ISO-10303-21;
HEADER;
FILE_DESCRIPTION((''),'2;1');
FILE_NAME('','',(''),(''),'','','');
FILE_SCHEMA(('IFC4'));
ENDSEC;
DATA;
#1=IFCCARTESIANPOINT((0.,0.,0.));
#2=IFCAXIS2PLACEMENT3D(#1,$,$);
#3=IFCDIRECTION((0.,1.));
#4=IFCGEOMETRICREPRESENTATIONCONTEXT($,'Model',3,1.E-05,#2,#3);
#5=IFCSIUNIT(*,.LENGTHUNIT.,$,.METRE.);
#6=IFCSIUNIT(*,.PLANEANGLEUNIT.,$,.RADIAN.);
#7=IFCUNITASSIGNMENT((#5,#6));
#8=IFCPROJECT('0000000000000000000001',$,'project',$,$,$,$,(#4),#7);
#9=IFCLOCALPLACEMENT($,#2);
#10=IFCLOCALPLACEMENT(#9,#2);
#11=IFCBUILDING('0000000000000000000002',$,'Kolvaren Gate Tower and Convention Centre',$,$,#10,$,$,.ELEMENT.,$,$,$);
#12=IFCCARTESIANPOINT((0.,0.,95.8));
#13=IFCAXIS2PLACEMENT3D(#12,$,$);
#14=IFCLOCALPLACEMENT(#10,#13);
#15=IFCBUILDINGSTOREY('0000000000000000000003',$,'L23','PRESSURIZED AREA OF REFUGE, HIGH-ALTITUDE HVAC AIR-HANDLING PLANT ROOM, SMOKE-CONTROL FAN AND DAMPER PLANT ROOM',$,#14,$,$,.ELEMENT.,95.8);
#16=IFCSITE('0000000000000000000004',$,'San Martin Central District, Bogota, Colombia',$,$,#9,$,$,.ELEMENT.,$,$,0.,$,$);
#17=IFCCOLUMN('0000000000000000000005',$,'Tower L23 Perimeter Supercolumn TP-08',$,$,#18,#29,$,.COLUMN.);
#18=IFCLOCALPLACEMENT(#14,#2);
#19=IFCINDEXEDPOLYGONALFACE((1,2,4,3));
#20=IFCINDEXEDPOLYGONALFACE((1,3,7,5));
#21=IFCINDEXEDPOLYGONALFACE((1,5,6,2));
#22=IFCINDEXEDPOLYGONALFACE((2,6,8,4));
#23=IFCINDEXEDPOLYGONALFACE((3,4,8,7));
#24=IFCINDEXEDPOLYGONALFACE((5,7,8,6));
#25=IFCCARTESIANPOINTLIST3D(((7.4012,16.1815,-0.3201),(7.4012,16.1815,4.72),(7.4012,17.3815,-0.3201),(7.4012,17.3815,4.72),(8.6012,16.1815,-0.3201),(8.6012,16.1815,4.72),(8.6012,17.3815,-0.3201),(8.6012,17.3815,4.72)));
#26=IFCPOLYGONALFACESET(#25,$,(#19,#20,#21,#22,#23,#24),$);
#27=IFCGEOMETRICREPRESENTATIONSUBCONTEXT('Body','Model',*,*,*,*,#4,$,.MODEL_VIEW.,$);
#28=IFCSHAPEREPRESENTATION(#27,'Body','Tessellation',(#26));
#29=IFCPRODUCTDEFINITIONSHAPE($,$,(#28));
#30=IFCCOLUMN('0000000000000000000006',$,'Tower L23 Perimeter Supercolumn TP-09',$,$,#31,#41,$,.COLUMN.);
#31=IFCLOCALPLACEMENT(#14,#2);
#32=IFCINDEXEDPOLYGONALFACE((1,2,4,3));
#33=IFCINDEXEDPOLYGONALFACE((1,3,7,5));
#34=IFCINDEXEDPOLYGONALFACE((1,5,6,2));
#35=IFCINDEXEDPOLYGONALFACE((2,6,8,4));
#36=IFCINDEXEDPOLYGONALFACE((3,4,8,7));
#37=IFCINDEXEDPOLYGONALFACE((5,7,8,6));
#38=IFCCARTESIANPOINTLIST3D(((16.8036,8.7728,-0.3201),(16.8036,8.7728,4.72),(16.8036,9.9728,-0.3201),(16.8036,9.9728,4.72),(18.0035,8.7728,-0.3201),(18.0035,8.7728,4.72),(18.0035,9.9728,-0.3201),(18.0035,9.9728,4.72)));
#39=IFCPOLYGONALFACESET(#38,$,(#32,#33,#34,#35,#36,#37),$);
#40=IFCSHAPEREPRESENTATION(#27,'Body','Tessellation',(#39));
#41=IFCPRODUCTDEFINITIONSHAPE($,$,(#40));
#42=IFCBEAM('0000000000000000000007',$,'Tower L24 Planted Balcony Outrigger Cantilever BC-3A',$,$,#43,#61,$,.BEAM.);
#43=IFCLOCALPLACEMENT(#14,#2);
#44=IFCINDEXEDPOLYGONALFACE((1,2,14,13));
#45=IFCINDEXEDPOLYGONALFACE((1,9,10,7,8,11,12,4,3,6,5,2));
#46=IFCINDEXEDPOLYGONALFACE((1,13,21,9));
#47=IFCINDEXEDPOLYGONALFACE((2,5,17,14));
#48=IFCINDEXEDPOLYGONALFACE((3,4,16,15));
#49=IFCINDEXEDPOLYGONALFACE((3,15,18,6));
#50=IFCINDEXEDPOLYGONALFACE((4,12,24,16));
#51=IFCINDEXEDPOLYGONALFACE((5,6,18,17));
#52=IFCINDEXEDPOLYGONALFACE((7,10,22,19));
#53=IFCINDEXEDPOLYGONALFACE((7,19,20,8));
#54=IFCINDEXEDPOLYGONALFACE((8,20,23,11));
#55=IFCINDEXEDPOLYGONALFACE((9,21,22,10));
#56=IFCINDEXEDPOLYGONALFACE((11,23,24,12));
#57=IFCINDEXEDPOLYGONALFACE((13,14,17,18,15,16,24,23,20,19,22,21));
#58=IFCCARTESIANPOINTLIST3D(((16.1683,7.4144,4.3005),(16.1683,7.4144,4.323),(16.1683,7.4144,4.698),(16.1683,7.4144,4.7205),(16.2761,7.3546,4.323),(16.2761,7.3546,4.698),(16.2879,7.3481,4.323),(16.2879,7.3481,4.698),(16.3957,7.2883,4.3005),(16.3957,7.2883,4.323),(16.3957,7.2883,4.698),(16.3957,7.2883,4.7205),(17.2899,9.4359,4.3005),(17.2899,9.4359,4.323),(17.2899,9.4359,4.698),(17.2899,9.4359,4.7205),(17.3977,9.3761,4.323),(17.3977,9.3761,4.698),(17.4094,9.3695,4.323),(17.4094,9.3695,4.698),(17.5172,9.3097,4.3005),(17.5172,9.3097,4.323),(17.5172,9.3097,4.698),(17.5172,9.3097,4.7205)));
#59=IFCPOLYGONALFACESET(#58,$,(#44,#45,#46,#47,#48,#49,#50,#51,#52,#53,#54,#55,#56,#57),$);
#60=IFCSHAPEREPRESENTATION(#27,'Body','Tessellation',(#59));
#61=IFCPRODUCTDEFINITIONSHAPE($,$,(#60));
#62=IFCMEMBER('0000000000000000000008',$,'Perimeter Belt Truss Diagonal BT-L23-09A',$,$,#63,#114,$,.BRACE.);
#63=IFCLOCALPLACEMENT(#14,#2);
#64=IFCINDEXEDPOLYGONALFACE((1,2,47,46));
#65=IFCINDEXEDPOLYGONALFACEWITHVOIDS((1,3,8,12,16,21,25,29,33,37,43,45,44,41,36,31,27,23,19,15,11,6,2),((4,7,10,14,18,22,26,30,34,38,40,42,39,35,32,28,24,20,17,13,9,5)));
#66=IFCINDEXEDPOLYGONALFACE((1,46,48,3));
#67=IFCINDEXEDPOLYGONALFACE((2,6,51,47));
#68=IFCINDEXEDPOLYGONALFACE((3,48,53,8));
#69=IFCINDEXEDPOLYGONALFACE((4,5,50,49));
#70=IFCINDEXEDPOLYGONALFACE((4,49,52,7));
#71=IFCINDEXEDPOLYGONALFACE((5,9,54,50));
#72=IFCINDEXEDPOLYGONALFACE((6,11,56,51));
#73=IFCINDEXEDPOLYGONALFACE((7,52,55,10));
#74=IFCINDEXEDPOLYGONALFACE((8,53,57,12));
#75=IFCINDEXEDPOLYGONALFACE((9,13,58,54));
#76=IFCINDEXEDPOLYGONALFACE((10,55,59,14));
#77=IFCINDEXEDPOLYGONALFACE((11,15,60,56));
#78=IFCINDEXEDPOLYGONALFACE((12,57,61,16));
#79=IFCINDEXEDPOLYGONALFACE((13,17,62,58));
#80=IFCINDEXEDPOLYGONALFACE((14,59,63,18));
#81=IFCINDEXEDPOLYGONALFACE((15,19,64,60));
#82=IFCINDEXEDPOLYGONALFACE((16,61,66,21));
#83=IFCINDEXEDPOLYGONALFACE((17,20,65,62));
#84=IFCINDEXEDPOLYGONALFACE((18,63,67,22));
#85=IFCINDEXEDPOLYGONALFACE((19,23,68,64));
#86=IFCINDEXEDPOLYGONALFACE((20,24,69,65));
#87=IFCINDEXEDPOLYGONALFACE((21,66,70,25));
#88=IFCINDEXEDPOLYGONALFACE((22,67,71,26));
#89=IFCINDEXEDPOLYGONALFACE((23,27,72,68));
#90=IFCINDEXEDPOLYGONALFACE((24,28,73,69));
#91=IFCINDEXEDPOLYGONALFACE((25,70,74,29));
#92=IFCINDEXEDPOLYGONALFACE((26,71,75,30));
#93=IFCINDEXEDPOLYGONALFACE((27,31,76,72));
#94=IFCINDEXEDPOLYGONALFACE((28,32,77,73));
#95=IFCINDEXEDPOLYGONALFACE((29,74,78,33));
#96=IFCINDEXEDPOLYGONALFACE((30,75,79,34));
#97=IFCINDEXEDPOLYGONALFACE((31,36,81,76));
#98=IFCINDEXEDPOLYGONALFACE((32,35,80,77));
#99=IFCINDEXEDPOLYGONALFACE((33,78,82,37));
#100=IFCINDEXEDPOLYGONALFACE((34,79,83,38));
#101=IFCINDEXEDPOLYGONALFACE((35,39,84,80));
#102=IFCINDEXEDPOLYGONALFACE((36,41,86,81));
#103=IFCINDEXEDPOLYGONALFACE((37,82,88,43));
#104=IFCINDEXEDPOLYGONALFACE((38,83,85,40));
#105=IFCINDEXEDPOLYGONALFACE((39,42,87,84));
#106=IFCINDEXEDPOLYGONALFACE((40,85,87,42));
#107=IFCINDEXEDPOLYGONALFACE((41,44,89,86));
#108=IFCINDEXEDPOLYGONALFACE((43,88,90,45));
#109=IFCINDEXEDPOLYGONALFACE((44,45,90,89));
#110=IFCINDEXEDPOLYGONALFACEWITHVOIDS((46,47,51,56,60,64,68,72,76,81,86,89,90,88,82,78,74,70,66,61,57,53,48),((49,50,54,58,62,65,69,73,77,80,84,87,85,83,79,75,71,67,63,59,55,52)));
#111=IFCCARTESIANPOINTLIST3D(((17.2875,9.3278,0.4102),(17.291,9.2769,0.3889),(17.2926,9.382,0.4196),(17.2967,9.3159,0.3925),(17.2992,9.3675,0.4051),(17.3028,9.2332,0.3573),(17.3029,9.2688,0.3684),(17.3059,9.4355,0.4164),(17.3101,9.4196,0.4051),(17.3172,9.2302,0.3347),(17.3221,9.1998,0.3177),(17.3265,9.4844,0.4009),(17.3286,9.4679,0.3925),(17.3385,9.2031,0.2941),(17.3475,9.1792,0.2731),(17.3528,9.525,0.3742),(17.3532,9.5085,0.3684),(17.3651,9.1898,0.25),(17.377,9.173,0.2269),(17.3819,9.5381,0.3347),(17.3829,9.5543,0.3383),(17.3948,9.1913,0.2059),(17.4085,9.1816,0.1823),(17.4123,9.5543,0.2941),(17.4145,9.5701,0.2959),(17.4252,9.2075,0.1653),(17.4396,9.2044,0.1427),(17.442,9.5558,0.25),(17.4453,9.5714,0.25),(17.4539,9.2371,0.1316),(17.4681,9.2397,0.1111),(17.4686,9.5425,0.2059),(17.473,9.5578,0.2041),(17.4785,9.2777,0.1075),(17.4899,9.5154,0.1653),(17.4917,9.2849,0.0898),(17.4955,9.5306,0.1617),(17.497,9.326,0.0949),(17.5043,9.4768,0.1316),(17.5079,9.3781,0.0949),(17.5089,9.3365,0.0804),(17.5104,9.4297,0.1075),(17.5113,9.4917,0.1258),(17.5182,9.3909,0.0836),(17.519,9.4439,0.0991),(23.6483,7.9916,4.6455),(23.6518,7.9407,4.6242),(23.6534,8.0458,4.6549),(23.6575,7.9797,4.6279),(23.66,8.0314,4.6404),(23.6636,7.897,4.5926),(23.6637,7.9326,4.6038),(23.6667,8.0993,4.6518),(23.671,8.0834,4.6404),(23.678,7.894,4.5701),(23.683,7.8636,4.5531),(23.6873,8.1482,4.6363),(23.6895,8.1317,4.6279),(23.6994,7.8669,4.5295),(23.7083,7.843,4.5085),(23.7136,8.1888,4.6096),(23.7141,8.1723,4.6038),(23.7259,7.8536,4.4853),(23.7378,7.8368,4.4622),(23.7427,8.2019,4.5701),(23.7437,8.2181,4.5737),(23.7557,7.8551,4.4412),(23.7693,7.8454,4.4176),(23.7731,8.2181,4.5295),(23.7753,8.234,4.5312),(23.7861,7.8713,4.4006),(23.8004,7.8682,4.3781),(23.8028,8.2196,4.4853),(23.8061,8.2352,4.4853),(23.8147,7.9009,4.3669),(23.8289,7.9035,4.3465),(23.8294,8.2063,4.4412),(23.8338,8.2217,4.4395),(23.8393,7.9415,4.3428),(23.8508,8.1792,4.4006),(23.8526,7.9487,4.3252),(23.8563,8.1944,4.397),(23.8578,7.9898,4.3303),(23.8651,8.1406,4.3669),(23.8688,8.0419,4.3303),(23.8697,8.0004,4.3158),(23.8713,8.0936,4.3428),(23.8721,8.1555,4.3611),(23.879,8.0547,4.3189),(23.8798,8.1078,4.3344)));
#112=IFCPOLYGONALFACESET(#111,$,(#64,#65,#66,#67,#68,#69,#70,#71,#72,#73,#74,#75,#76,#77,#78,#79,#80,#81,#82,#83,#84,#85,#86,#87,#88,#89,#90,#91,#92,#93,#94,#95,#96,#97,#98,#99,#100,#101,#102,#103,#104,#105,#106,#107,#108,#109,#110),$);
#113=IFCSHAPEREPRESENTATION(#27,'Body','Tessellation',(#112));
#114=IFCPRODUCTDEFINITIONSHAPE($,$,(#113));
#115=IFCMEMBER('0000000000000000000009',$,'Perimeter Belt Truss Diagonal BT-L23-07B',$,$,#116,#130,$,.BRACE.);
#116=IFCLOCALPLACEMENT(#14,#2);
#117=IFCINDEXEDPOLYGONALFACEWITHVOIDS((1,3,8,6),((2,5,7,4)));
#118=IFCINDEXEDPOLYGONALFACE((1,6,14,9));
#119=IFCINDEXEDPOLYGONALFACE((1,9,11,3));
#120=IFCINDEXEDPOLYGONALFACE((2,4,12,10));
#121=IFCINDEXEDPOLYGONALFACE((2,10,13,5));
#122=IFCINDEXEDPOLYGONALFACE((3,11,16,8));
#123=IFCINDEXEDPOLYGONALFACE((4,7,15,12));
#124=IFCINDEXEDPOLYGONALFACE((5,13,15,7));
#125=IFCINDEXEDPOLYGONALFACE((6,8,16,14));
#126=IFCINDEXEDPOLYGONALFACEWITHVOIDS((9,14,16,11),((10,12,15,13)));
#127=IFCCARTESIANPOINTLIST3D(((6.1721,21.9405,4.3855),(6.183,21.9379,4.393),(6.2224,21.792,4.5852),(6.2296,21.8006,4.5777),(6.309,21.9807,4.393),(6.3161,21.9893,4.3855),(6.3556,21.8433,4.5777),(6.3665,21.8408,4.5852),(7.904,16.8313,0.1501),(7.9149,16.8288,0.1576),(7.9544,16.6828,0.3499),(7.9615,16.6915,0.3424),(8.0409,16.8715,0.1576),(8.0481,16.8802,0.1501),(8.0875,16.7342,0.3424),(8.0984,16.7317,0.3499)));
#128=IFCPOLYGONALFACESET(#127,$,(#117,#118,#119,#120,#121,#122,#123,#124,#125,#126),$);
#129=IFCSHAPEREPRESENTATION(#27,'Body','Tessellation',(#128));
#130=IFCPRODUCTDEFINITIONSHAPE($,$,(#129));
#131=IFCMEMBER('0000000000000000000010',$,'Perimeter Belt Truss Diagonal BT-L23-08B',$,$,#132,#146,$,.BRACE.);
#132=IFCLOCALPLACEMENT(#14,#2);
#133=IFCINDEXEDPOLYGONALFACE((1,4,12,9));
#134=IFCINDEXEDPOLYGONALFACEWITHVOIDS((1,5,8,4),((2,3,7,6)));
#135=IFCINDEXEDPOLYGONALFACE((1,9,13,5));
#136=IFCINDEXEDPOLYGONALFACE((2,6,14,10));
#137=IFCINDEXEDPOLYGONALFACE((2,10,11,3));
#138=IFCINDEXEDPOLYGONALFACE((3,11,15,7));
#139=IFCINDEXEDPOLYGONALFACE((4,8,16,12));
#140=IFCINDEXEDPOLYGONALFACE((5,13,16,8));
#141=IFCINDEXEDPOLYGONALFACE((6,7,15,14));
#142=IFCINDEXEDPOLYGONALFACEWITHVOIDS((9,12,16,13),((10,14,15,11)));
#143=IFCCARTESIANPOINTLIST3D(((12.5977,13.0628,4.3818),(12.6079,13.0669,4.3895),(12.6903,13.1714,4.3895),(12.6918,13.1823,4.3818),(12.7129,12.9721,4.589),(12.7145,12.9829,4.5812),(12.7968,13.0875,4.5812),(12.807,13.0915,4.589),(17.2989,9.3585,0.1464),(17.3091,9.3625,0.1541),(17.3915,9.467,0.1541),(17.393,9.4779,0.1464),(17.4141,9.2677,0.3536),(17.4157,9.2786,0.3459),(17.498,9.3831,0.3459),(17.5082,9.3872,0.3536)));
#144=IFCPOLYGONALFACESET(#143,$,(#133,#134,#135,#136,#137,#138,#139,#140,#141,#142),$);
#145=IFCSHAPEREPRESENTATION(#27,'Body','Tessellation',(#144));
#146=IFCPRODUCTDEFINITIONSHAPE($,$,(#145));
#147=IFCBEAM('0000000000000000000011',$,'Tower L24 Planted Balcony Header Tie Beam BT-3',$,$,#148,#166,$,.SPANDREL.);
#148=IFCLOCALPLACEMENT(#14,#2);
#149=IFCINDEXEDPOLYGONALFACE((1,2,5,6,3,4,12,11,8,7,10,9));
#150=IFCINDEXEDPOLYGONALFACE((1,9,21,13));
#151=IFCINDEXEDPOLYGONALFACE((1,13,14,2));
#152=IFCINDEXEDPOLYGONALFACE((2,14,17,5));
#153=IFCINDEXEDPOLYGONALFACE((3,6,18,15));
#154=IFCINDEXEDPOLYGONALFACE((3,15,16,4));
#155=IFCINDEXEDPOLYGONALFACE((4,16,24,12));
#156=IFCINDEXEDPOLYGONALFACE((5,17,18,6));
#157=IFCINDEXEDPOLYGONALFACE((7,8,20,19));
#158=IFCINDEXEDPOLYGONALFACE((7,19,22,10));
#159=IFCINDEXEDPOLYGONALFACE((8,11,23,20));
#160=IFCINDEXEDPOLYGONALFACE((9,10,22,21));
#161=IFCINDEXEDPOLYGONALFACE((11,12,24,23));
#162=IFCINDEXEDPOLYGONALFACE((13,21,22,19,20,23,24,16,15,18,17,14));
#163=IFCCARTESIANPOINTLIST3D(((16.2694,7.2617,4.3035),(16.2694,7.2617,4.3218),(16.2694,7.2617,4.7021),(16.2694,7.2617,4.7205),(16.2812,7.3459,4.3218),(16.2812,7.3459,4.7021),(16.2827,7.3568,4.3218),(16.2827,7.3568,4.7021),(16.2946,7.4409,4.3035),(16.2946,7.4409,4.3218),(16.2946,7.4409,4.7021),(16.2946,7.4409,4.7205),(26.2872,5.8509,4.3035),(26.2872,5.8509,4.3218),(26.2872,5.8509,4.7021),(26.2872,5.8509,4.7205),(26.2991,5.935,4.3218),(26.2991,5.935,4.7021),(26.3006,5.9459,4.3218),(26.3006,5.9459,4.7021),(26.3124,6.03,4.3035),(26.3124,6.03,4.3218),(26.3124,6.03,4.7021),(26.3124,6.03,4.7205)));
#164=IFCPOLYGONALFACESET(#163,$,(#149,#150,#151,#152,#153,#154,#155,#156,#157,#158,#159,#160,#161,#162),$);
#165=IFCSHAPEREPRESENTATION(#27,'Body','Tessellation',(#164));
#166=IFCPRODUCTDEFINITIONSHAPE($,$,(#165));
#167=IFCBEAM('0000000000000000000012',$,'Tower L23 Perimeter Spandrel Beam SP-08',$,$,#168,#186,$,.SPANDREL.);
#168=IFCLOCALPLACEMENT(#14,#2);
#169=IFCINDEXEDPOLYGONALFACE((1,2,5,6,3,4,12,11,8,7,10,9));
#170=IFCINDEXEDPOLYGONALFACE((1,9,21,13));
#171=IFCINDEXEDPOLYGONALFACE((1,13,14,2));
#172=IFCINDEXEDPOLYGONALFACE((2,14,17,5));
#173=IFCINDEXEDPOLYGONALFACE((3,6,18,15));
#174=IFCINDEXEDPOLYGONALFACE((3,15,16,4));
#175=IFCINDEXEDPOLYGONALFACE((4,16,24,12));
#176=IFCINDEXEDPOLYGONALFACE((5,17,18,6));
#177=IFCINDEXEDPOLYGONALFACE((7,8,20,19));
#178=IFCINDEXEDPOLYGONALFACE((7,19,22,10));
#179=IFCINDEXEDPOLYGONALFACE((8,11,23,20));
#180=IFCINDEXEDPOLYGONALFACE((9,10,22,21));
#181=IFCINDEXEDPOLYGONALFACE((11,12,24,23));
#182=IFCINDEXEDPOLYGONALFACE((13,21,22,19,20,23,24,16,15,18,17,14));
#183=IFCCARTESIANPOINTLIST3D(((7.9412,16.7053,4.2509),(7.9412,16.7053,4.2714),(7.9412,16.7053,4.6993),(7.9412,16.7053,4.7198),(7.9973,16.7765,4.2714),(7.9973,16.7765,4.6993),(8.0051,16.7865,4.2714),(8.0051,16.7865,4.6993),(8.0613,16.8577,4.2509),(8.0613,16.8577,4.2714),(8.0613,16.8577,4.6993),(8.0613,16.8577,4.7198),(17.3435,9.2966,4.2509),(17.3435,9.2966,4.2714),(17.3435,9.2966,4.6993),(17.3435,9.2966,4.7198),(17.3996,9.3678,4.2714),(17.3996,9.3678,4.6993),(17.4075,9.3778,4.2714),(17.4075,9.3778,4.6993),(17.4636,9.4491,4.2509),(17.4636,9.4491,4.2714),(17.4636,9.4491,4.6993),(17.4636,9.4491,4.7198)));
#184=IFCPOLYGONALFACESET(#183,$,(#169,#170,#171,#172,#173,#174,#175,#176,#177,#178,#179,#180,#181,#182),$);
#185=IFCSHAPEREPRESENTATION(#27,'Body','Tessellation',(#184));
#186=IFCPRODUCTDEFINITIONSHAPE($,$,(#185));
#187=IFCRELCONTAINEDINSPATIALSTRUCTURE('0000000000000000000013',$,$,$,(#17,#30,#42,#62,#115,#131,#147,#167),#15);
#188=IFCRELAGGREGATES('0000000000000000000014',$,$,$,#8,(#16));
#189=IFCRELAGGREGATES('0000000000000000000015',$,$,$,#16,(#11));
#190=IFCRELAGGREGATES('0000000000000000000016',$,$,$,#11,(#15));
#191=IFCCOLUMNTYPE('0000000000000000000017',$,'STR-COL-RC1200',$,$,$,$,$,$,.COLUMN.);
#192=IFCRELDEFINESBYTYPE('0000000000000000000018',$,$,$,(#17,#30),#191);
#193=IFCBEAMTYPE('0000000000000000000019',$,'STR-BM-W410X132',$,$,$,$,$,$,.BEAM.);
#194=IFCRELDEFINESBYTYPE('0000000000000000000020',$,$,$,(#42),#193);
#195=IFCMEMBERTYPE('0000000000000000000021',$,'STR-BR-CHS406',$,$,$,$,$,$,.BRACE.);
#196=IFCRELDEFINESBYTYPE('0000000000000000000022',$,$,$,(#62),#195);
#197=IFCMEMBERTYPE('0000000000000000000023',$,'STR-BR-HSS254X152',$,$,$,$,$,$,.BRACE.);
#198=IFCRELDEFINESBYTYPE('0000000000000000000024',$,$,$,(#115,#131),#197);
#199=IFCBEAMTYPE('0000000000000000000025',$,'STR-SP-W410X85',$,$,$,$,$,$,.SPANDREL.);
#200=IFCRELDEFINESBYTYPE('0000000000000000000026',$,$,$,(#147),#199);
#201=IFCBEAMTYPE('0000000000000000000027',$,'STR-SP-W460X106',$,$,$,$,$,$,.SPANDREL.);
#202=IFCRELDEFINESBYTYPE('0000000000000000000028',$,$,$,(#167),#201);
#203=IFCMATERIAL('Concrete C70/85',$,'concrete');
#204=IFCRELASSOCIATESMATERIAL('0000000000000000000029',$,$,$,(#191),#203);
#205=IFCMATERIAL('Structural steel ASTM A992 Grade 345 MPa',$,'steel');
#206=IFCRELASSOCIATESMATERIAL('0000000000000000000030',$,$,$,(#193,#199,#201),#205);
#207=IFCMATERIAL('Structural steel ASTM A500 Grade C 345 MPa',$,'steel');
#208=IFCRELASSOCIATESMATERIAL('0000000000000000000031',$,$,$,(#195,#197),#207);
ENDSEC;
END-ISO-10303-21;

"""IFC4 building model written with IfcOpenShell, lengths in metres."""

from ifc_helpers import new_model, si_unit, direction, frame, origin, origin_2d, place, context, subcontext, project, spatial, rectangle, hollow_rectangle, hollow_circle, i_section, extrude, material, material_profile, profile_set, type_object, element, save


model = new_model("IFC4")

# Units and contexts
model_context = context("Model", 3, precision=1e-05, world=origin(), true_north=direction((0.0, 1.0)))
body_context = subcontext(model_context, "Body", "Model", "MODEL_VIEW")
ifc_project = project(units=[si_unit("LENGTHUNIT", "METRE"), si_unit("PLANEANGLEUNIT", "RADIAN")], contexts=[model_context])

# Site, building, storey
site_placement = place(None, origin())
site = spatial("IfcSite", under=ifc_project, at=site_placement, Name="San Martin Central District, Bogota, Colombia", CompositionType="ELEMENT", RefElevation=0.0)
building_placement = place(site_placement, origin())
building = spatial("IfcBuilding", under=site, at=building_placement, Name="Kolvaren Gate Tower and Convention Centre", CompositionType="ELEMENT")
storey_placement = place(building_placement, frame((0.0, 0.0, 95.8)))
storey = spatial("IfcBuildingStorey", under=building, at=storey_placement, Name="L23", Description="PRESSURIZED AREA OF REFUGE, HIGH-ALTITUDE HVAC AIR-HANDLING PLANT ROOM, SMOKE-CONTROL FAN AND DAMPER PLANT ROOM", CompositionType="ELEMENT", Elevation=95.8)

# Columns
ifc_material_1 = material(Name="Concrete C70/85", Category="concrete")
ifc_material_profile_1 = material_profile(ifc_material_1, rectangle(XDim=1.2, YDim=1.2, at=origin_2d()), Name="RC-COL-1200X1200")
ifc_profile_set_1 = profile_set([ifc_material_profile_1], Name="Concrete C70/85")
column_type = type_object("IfcColumnType", Name="STR-COL-RC1200", PredefinedType="COLUMN", material=ifc_profile_set_1)
for number, where, z_axis, x_axis, name in (
    (1, (8.0012, 16.7815, -0.3201), (0.0, 0.0, 1.0), (1.0, 0.0, 0.0), "Tower L23 Perimeter Supercolumn TP-08"),
    (2, (17.4036, 9.3728, -0.3201), (0.0, 0.0, 1.0), (1.0, 0.0, 0.0), "Tower L23 Perimeter Supercolumn TP-09"),
):
    element("IfcColumn", number, at=place(storey_placement, frame(where, z_axis=z_axis, x_axis=x_axis)), inside=storey, type_object=column_type, Name=name, PredefinedType="COLUMN", context=body_context, shape_type="SweptSolid", body=[
        extrude(rectangle(XDim=1.2, YDim=1.2, at=origin_2d()), origin(), (0.0, 0.0, 1.0), 5.04),
    ])

# Beam
ifc_material_2 = material(Name="Structural steel ASTM A992 Grade 345 MPa", Category="steel")
ifc_material_profile_2 = material_profile(ifc_material_2, i_section(OverallWidth=0.26, OverallDepth=0.4199, WebThickness=0.0134, FlangeThickness=0.0225, at=origin_2d()), Name="W410X132")
ifc_profile_set_2 = profile_set([ifc_material_profile_2], Name="Structural steel ASTM A992 Grade 345 MPa")
beam_type_1 = type_object("IfcBeamType", Name="STR-BM-W410X132", PredefinedType="BEAM", material=ifc_profile_set_2)
beam_1_placement = place(storey_placement, frame((17.4036, 9.3728, 4.5105), z_axis=(-0.485159, -0.874426, 0.0), x_axis=(0.874426, -0.485159, 0.0)))
element("IfcBeam", 3, at=beam_1_placement, inside=storey, type_object=beam_type_1, Name="Tower L24 Planted Balcony Outrigger Cantilever BC-3A", PredefinedType="BEAM", context=body_context, shape_type="SweptSolid", body=[
    extrude(i_section(OverallWidth=0.26, OverallDepth=0.4199, WebThickness=0.0134, FlangeThickness=0.0225, at=origin_2d()), origin(), (0.0, 0.0, 1.0), 2.3118),
])

# Members
ifc_material_3 = material(Name="Structural steel ASTM A500 Grade C 345 MPa", Category="steel")
ifc_material_profile_3 = material_profile(ifc_material_3, hollow_circle(Radius=0.2029, WallThickness=0.0159, at=origin_2d()), Name="CHS406X15.9")
ifc_profile_set_3 = profile_set([ifc_material_profile_3], Name="Structural steel ASTM A500 Grade C 345 MPa")
member_type_1 = type_object("IfcMemberType", Name="STR-BR-CHS406", PredefinedType="BRACE", material=ifc_profile_set_3)
member_1_placement = place(storey_placement, frame((17.4036, 9.3728, 0.25), z_axis=(0.819926, -0.172237, 0.545946), x_axis=(0.205577, 0.978641, 0.0)))
element("IfcMember", 4, at=member_1_placement, inside=storey, type_object=member_type_1, Name="Perimeter Belt Truss Diagonal BT-L23-09A", PredefinedType="BRACE", context=body_context, shape_type="SweptSolid", body=[
    extrude(hollow_circle(Radius=0.2029, WallThickness=0.0159, at=origin_2d()), origin(), (0.0, 0.0, 1.0), 7.7578),
])
ifc_material_profile_4 = material_profile(ifc_material_3, hollow_rectangle(XDim=0.1521, YDim=0.2539, WallThickness=0.0095, at=origin_2d()), Name="HSS254X152X9.5")
ifc_profile_set_4 = profile_set([ifc_material_profile_4], Name="Structural steel ASTM A500 Grade C 345 MPa")
member_type_2 = type_object("IfcMemberType", Name="STR-BR-HSS254X152", PredefinedType="BRACE", material=ifc_profile_set_4)
member_2_placement = place(storey_placement, frame((8.0012, 16.7815, 0.25), z_axis=(-0.252518, 0.744918, 0.61752), x_axis=(-0.947064, -0.321043, 0.0)))
element("IfcMember", 5, at=member_2_placement, inside=storey, type_object=member_type_2, Name="Perimeter Belt Truss Diagonal BT-L23-07B", PredefinedType="BRACE", context=body_context, shape_type="SweptSolid", body=[
    extrude(hollow_rectangle(XDim=0.1521, YDim=0.2539, WallThickness=0.0095, at=origin_2d()), origin(), (0.0, 0.0, 1.0), 6.8586),
])
member_3_placement = place(storey_placement, frame((17.4036, 9.3728, 0.25), z_axis=(-0.641167, 0.505215, 0.577636), x_axis=(-0.618913, -0.78546, 0.0)))
element("IfcMember", 6, at=member_3_placement, inside=storey, type_object=member_type_2, Name="Perimeter Belt Truss Diagonal BT-L23-08B", PredefinedType="BRACE", context=body_context, shape_type="SweptSolid", body=[
    extrude(hollow_rectangle(XDim=0.1521, YDim=0.2539, WallThickness=0.0095, at=origin_2d()), origin(), (0.0, 0.0, 1.0), 7.3323),
])

# Beams
ifc_material_profile_5 = material_profile(ifc_material_2, i_section(OverallWidth=0.1809, OverallDepth=0.417, WebThickness=0.011, FlangeThickness=0.0183, at=origin_2d()), Name="W410X85")
ifc_profile_set_5 = profile_set([ifc_material_profile_5], Name="Structural steel ASTM A992 Grade 345 MPa")
beam_type_2 = type_object("IfcBeamType", Name="STR-SP-W410X85", PredefinedType="SPANDREL", material=ifc_profile_set_5)
beam_2_placement = place(storey_placement, frame((16.282, 7.3513, 4.512), z_axis=(0.990227, -0.139462, 0.0), x_axis=(0.139462, 0.990227, 0.0)))
element("IfcBeam", 7, at=beam_2_placement, inside=storey, type_object=beam_type_2, Name="Tower L24 Planted Balcony Header Tie Beam BT-3", PredefinedType="SPANDREL", context=body_context, shape_type="SweptSolid", body=[
    extrude(i_section(OverallWidth=0.1809, OverallDepth=0.417, WebThickness=0.011, FlangeThickness=0.0183, at=origin_2d()), origin(), (0.0, 0.0, 1.0), 10.1167),
])
ifc_material_profile_6 = material_profile(ifc_material_2, i_section(OverallWidth=0.1941, OverallDepth=0.469, WebThickness=0.0127, FlangeThickness=0.0205, at=origin_2d()), Name="W460X106")
ifc_profile_set_6 = profile_set([ifc_material_profile_6], Name="Structural steel ASTM A992 Grade 345 MPa")
beam_type_3 = type_object("IfcBeamType", Name="STR-SP-W460X106", PredefinedType="SPANDREL", material=ifc_profile_set_6)
beam_3_placement = place(storey_placement, frame((8.0012, 16.7815, 4.4854), z_axis=(0.78546, -0.618913, 0.0), x_axis=(0.618913, 0.78546, 0.0)))
element("IfcBeam", 8, at=beam_3_placement, inside=storey, type_object=beam_type_3, Name="Tower L23 Perimeter Spandrel Beam SP-08", PredefinedType="SPANDREL", context=body_context, shape_type="SweptSolid", body=[
    extrude(i_section(OverallWidth=0.1941, OverallDepth=0.469, WebThickness=0.0127, FlangeThickness=0.0205, at=origin_2d()), origin(), (0.0, 0.0, 1.0), 11.9705),
])

save(model, "model.ifc")
